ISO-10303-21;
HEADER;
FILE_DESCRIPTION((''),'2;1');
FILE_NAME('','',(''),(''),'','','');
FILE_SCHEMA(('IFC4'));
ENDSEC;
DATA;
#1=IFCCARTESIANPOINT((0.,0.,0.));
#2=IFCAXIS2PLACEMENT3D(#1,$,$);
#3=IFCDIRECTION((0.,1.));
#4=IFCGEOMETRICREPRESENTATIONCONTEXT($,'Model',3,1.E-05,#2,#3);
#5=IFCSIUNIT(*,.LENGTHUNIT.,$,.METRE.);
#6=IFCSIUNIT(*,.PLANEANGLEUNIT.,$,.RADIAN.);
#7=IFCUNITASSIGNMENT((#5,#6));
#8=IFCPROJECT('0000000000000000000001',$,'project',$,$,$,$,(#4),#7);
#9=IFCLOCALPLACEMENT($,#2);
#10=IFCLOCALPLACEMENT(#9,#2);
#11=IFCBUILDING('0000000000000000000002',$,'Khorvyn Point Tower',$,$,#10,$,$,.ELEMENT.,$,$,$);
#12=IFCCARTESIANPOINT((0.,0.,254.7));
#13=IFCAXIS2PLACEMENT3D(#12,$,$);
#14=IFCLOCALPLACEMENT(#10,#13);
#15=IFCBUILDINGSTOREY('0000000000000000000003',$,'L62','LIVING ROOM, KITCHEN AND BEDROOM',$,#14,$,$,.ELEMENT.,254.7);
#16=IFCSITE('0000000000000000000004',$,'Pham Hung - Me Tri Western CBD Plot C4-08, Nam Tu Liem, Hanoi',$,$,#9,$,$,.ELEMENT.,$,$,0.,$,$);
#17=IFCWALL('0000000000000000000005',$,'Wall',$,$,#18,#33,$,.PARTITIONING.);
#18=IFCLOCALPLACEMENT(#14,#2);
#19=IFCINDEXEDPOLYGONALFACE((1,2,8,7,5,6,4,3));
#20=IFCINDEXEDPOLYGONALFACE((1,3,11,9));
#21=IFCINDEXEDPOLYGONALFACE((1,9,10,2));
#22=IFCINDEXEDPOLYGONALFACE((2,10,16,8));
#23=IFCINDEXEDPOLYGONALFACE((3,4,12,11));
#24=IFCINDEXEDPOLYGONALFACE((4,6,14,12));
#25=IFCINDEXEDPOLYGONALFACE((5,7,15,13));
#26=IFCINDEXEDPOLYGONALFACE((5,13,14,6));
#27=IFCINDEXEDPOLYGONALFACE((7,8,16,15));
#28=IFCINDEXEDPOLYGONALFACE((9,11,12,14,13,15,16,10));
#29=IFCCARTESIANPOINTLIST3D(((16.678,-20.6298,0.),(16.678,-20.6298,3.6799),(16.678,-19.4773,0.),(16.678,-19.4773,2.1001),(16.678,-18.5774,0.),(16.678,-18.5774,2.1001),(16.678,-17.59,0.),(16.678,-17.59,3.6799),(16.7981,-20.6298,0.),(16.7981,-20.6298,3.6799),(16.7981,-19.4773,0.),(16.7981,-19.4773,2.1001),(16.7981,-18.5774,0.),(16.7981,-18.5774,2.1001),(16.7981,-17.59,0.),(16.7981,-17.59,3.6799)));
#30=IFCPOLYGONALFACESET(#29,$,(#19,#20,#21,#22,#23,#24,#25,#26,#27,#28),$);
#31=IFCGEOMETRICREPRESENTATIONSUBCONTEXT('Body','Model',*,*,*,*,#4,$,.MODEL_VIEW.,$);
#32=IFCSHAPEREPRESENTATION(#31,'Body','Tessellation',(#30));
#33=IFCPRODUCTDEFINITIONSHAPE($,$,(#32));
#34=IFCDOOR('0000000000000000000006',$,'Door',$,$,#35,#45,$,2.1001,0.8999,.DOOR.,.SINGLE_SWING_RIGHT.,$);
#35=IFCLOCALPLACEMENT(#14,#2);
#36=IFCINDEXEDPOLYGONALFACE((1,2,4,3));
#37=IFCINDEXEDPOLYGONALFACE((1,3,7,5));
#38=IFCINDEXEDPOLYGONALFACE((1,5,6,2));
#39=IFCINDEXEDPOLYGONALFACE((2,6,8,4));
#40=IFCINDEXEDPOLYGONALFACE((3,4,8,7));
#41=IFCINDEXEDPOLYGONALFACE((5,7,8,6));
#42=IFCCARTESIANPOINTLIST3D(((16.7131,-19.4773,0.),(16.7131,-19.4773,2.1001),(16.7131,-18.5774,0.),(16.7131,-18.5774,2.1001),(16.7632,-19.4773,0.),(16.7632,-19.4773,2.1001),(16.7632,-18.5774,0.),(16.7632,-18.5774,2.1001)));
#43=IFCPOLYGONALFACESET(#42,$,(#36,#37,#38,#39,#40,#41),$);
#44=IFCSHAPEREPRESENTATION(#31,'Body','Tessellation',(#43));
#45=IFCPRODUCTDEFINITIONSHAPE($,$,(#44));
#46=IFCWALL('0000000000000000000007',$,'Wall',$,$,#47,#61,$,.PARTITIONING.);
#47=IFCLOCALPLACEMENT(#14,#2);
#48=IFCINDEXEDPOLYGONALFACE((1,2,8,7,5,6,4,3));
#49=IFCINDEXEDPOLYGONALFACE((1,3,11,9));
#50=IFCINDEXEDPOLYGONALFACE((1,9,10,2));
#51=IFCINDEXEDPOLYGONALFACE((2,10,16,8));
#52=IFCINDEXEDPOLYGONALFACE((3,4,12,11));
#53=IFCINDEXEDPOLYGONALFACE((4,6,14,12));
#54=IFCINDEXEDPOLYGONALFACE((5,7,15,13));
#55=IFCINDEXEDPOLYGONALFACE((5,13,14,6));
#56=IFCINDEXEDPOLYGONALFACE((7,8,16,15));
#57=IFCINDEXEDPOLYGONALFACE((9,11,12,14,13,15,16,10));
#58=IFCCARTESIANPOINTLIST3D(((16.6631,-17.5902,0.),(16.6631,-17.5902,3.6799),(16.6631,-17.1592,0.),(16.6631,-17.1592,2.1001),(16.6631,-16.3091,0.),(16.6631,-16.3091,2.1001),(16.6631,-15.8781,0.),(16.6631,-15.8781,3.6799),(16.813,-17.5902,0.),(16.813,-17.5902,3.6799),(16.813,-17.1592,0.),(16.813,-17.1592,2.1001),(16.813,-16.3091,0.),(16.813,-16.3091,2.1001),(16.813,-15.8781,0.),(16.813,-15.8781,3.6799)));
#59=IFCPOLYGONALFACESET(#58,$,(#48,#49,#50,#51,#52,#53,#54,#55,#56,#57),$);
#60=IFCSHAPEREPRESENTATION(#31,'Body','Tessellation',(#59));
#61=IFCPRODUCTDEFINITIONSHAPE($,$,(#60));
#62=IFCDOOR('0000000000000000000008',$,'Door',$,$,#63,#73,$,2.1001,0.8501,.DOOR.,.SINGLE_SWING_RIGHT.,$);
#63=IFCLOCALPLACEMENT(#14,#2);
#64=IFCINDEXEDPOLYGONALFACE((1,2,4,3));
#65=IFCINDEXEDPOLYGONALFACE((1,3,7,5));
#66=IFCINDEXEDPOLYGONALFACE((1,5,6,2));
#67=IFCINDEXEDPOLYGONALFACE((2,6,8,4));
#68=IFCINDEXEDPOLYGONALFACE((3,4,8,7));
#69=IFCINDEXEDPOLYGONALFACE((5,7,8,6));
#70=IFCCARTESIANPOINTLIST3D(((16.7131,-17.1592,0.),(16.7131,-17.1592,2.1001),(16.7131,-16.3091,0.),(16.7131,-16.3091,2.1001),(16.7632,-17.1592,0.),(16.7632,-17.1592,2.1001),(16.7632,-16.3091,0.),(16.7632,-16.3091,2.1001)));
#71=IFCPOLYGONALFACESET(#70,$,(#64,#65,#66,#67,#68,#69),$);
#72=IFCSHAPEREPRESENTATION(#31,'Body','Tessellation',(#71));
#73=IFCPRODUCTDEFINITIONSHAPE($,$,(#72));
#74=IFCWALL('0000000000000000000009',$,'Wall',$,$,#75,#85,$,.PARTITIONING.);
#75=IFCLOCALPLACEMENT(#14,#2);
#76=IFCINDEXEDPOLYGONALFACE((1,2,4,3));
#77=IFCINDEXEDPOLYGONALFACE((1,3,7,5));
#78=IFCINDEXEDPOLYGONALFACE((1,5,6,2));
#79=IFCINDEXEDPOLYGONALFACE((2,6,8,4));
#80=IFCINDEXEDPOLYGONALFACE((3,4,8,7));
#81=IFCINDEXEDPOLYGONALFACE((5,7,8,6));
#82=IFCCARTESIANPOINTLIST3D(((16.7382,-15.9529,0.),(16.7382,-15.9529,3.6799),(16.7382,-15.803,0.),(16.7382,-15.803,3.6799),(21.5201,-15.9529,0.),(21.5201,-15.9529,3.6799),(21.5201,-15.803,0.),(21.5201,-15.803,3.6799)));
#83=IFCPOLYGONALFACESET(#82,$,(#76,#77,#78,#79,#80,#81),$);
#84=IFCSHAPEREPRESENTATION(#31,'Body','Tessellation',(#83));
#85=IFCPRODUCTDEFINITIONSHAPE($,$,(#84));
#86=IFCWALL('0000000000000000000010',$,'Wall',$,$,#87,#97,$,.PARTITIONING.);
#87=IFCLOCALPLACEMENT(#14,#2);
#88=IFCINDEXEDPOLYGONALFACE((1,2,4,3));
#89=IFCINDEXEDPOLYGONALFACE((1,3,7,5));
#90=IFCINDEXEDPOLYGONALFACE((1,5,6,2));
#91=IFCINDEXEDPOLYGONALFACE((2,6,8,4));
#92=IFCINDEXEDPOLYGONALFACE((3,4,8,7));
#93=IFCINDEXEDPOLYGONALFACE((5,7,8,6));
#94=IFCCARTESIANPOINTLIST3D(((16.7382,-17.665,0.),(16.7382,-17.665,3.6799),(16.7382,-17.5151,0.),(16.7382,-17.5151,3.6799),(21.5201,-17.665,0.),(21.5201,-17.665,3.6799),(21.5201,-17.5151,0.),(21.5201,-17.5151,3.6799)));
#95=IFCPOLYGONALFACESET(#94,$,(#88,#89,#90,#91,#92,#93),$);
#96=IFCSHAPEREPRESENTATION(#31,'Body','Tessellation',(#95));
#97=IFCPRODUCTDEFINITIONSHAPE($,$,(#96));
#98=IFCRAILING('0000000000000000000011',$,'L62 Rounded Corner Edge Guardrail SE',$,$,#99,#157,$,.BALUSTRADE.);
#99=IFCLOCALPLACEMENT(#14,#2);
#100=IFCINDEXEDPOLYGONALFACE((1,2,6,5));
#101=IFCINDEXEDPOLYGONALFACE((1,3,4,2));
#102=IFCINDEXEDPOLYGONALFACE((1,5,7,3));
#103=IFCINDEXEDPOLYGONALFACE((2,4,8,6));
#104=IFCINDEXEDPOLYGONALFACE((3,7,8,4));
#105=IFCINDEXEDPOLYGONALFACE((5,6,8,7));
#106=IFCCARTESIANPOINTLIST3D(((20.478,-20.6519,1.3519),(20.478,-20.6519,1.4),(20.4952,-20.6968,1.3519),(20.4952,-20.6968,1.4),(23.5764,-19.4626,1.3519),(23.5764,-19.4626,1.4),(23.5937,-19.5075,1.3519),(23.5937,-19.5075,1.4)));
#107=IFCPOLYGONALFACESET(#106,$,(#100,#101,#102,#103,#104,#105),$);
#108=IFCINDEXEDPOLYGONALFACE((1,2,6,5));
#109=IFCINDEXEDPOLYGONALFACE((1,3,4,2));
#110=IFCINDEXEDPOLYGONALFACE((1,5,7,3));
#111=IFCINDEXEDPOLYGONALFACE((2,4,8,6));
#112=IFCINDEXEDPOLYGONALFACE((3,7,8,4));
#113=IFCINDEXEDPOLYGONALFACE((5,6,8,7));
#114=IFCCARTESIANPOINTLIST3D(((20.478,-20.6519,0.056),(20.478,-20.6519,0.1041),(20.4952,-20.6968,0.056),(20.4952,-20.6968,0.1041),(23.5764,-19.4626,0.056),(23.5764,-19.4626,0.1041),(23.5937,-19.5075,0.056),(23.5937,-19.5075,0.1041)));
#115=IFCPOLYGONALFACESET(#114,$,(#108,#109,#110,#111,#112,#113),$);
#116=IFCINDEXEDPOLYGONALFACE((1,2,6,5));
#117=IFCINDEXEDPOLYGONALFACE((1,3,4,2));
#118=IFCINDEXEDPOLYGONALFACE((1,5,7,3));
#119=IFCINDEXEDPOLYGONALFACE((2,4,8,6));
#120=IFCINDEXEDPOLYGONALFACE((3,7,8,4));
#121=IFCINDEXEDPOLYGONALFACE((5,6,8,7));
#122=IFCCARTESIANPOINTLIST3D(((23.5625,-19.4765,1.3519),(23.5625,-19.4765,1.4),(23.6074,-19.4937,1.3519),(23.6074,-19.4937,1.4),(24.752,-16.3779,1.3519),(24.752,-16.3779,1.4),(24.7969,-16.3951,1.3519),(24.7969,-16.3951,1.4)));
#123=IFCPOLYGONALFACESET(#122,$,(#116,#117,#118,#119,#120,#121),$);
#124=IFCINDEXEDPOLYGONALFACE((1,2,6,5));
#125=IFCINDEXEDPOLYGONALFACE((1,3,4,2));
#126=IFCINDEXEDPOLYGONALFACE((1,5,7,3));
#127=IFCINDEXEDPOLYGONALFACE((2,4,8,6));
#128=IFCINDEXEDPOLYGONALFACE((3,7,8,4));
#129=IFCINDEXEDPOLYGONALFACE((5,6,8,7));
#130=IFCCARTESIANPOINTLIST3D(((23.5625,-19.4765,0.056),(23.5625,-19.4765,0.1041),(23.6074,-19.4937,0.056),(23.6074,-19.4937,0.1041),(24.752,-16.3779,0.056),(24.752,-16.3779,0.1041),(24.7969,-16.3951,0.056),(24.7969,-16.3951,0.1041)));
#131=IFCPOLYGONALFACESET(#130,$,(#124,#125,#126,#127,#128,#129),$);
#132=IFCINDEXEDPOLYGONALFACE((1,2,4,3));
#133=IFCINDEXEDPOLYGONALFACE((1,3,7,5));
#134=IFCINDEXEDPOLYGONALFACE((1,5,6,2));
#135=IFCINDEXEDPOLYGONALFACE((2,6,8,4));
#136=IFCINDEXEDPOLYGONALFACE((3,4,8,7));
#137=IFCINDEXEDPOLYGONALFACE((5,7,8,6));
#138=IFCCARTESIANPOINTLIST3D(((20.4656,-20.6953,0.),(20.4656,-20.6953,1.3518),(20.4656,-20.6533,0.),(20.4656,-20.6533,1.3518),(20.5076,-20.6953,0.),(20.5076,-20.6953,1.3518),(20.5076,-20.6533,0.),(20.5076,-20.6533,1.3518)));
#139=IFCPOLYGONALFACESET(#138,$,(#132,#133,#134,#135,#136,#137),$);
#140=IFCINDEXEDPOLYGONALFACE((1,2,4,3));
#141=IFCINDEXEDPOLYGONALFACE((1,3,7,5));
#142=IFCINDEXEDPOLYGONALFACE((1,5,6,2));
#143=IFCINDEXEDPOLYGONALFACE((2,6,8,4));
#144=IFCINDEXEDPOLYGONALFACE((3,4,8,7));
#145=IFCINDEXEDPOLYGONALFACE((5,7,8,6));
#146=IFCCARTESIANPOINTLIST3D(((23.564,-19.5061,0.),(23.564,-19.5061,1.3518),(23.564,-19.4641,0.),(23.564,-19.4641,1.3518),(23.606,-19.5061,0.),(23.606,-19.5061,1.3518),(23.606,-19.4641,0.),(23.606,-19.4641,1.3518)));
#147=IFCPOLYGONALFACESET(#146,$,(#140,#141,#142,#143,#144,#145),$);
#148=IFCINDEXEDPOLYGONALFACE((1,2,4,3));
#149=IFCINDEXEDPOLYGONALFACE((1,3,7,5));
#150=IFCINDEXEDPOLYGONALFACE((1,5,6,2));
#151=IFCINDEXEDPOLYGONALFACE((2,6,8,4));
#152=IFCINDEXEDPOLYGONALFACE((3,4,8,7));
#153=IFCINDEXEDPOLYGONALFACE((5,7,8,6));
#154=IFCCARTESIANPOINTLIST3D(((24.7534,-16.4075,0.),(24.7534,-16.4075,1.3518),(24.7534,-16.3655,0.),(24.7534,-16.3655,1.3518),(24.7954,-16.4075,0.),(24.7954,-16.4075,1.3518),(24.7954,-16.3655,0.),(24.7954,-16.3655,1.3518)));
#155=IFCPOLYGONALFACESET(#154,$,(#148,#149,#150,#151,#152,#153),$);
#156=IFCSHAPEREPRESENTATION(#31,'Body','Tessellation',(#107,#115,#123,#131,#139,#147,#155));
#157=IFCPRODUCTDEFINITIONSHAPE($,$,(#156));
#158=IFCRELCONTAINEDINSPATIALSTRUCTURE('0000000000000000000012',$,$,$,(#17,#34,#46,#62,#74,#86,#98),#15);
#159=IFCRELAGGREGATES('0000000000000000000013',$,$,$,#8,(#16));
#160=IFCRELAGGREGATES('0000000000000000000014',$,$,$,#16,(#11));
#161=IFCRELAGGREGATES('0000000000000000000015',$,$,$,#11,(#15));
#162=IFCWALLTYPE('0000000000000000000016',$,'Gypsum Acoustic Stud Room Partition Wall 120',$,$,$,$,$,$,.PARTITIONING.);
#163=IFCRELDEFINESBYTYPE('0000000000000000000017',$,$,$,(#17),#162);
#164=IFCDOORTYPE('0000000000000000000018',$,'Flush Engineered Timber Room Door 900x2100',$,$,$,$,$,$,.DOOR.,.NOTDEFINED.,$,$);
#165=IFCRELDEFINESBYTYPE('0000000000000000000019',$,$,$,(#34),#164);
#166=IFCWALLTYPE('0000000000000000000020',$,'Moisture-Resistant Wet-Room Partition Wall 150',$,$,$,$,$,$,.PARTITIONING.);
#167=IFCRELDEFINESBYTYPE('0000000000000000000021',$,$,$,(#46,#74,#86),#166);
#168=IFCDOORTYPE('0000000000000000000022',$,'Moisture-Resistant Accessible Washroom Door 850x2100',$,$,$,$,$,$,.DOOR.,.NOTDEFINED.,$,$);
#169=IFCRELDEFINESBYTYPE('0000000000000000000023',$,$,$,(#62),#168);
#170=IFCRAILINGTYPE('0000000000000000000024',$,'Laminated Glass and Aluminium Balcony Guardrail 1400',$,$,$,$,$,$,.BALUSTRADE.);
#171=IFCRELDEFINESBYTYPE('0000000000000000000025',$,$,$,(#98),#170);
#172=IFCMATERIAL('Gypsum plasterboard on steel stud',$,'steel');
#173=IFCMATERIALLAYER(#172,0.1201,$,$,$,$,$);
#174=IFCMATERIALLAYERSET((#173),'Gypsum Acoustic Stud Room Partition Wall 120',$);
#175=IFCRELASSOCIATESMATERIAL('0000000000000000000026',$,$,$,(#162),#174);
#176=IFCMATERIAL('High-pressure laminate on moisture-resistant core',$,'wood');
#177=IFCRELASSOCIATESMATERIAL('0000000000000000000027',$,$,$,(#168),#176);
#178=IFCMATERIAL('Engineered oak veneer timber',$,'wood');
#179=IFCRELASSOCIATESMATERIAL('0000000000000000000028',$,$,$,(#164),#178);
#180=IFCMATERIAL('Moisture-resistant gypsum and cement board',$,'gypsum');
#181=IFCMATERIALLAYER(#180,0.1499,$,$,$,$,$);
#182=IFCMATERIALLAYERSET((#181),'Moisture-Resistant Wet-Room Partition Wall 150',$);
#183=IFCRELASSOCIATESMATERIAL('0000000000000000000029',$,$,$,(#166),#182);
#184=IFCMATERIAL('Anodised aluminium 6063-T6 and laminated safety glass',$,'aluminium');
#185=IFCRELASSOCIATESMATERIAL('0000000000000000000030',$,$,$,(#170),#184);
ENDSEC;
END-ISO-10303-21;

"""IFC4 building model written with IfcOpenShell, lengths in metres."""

from ifc_helpers import new_model, si_unit, direction, frame, frame_2d, origin, origin_2d, place, context, subcontext, project, spatial, rectangle, extrude, material, layer, layer_set, type_object, element, fill, save


model = new_model("IFC4")

# Units and contexts
model_context = context("Model", 3, precision=1e-05, world=origin(), true_north=direction((0.0, 1.0)))
body_context = subcontext(model_context, "Body", "Model", "MODEL_VIEW")
ifc_project = project(units=[si_unit("LENGTHUNIT", "METRE"), si_unit("PLANEANGLEUNIT", "RADIAN")], contexts=[model_context])

# Site, building, storey
site_placement = place(None, origin())
site = spatial("IfcSite", under=ifc_project, at=site_placement, Name="Pham Hung - Me Tri Western CBD Plot C4-08, Nam Tu Liem, Hanoi", CompositionType="ELEMENT", RefElevation=0.0)
building_placement = place(site_placement, origin())
building = spatial("IfcBuilding", under=site, at=building_placement, Name="Khorvyn Point Tower", CompositionType="ELEMENT")
storey_placement = place(building_placement, frame((0.0, 0.0, 254.7)))
storey = spatial("IfcBuildingStorey", under=building, at=storey_placement, Name="L62", Description="LIVING ROOM, KITCHEN AND BEDROOM", CompositionType="ELEMENT", Elevation=254.7)

# Walls, openings, doors
ifc_material_1 = material(Name="Gypsum plasterboard on steel stud", Category="steel")
ifc_layer_1 = layer(ifc_material_1, 0.1201)
ifc_layer_set_1 = layer_set([ifc_layer_1], Name="Gypsum Acoustic Stud Room Partition Wall 120")
wall_type_1 = type_object("IfcWallType", Name="Gypsum Acoustic Stud Room Partition Wall 120", PredefinedType="PARTITIONING", material=ifc_layer_set_1)
ifc_material_2 = material(Name="High-pressure laminate on moisture-resistant core", Category="wood")
door_type_1 = type_object("IfcDoorType", Name="Moisture-Resistant Accessible Washroom Door 850x2100", OperationType="NOTDEFINED", PredefinedType="DOOR", material=ifc_material_2)
wall_1_placement = place(storey_placement, frame((16.738, -20.6299, 0.0), z_axis=(0.0, 0.0, 1.0), x_axis=(0.0, 1.0, 0.0)))
wall_1 = element("IfcWall", 1, at=wall_1_placement, inside=storey, type_object=wall_type_1, Name="Wall", PredefinedType="PARTITIONING", context=body_context, shape_type="SweptSolid", body=[
    extrude(rectangle(XDim=3.0398, YDim=0.1201, at=frame_2d((1.52, 0.0))), origin(), (0.0, 0.0, 1.0), 3.6799),
])
opening_1_placement = place(wall_1_placement, frame((1.1526, 0.0, 0.0)))
opening_1 = element("IfcOpeningElement", 2, at=opening_1_placement, cuts=wall_1, PredefinedType="OPENING", context=body_context, shape_type="SweptSolid", body=[
    extrude(rectangle(XDim=0.8999, YDim=2.1001, at=frame_2d((0.45, 1.05))), frame((0.0, 0.0701, 0.0), z_axis=(0.0, -1.0, 0.0), x_axis=(1.0, 0.0, 0.0)), (0.0, 0.0, 1.0), 0.1401),
])
ifc_material_3 = material(Name="Engineered oak veneer timber", Category="wood")
door_type_2 = type_object("IfcDoorType", Name="Flush Engineered Timber Room Door 900x2100", OperationType="NOTDEFINED", PredefinedType="DOOR", material=ifc_material_3)
door_1_placement = place(opening_1_placement, origin())
door_1 = element("IfcDoor", 3, at=door_1_placement, inside=storey, type_object=door_type_2, Name="Door", OperationType="SINGLE_SWING_RIGHT", OverallHeight=2.1001, OverallWidth=0.8999, PredefinedType="DOOR", context=body_context, shape_type="SweptSolid", body=[
    extrude(rectangle(XDim=0.8999, YDim=2.1001, at=frame_2d((0.45, 1.05))), frame((0.0, 0.0249, 0.0), z_axis=(0.0, -1.0, 0.0), x_axis=(1.0, 0.0, 0.0)), (0.0, 0.0, 1.0), 0.05),
])
fill(opening_1, door_1)
ifc_material_4 = material(Name="Moisture-resistant gypsum and cement board", Category="gypsum")
ifc_layer_2 = layer(ifc_material_4, 0.1499)
ifc_layer_set_2 = layer_set([ifc_layer_2], Name="Moisture-Resistant Wet-Room Partition Wall 150")
wall_type_2 = type_object("IfcWallType", Name="Moisture-Resistant Wet-Room Partition Wall 150", PredefinedType="PARTITIONING", material=ifc_layer_set_2)
wall_2_placement = place(storey_placement, frame((16.738, -17.5901, 0.0), z_axis=(0.0, 0.0, 1.0), x_axis=(0.0, 1.0, 0.0)))
wall_2 = element("IfcWall", 4, at=wall_2_placement, inside=storey, type_object=wall_type_2, Name="Wall", PredefinedType="PARTITIONING", context=body_context, shape_type="SweptSolid", body=[
    extrude(rectangle(XDim=1.7122, YDim=0.1499, at=frame_2d((0.856, 0.0))), origin(), (0.0, 0.0, 1.0), 3.6799),
])
opening_2_placement = place(wall_2_placement, frame((0.4309, 0.0, 0.0)))
opening_2 = element("IfcOpeningElement", 5, at=opening_2_placement, cuts=wall_2, PredefinedType="OPENING", context=body_context, shape_type="SweptSolid", body=[
    extrude(rectangle(XDim=0.8501, YDim=2.1001, at=frame_2d((0.425, 1.05))), frame((0.0, 0.085, 0.0), z_axis=(0.0, -1.0, 0.0), x_axis=(1.0, 0.0, 0.0)), (0.0, 0.0, 1.0), 0.1699),
])
door_2_placement = place(opening_2_placement, origin())
door_2 = element("IfcDoor", 6, at=door_2_placement, inside=storey, type_object=door_type_1, Name="Door", OperationType="SINGLE_SWING_RIGHT", OverallHeight=2.1001, OverallWidth=0.8501, PredefinedType="DOOR", context=body_context, shape_type="SweptSolid", body=[
    extrude(rectangle(XDim=0.8501, YDim=2.1001, at=frame_2d((0.425, 1.05))), frame((0.0, 0.0249, 0.0), z_axis=(0.0, -1.0, 0.0), x_axis=(1.0, 0.0, 0.0)), (0.0, 0.0, 1.0), 0.05),
])
fill(opening_2, door_2)

# Walls
for number, where, z_axis, x_axis, name in (
    (7, (16.738, -15.8779, 0.0), (0.0, 0.0, 1.0), (1.0, 0.0, 0.0), "Wall"),
    (8, (16.738, -17.5901, 0.0), (0.0, 0.0, 1.0), (1.0, 0.0, 0.0), "Wall"),
):
    element("IfcWall", number, at=place(storey_placement, frame(where, z_axis=z_axis, x_axis=x_axis)), inside=storey, type_object=wall_type_2, Name=name, PredefinedType="PARTITIONING", context=body_context, shape_type="SweptSolid", body=[
        extrude(rectangle(XDim=4.782, YDim=0.1499, at=frame_2d((2.3911, 0.0))), origin(), (0.0, 0.0, 1.0), 3.6799),
    ])

# Railing
ifc_material_5 = material(Name="Anodised aluminium 6063-T6 and laminated safety glass", Category="aluminium")
railing_type = type_object("IfcRailingType", Name="Laminated Glass and Aluminium Balcony Guardrail 1400", PredefinedType="BALUSTRADE", material=ifc_material_5)
railing_placement = place(storey_placement, frame((20.4866, -20.6743, 0.0)))
element("IfcRailing", 9, at=railing_placement, inside=storey, type_object=railing_type, Name="L62 Rounded Corner Edge Guardrail SE", PredefinedType="BALUSTRADE", context=body_context, shape_type="SweptSolid", body=[
    extrude(rectangle(XDim=0.0481, YDim=0.0481, at=origin_2d()), frame((0.0, 0.0, 1.376), z_axis=(0.933596, 0.358328, 0.0), x_axis=(-0.358328, 0.933596, 0.0)), (0.0, 0.0, 1.0), 3.3188),
    extrude(rectangle(XDim=0.0481, YDim=0.0481, at=origin_2d()), frame((0.0, 0.0, 0.0801), z_axis=(0.933596, 0.358328, 0.0), x_axis=(-0.358328, 0.933596, 0.0)), (0.0, 0.0, 1.0), 3.3188),
    extrude(rectangle(XDim=0.0481, YDim=0.0481, at=origin_2d()), frame((3.0984, 1.1892, 1.376), z_axis=(0.358368, 0.93358, 0.0), x_axis=(-0.93358, 0.358368, 0.0)), (0.0, 0.0, 1.0), 3.3191),
    extrude(rectangle(XDim=0.0481, YDim=0.0481, at=origin_2d()), frame((3.0984, 1.1892, 0.0801), z_axis=(0.358368, 0.93358, 0.0), x_axis=(-0.93358, 0.358368, 0.0)), (0.0, 0.0, 1.0), 3.3191),
    extrude(rectangle(XDim=0.042, YDim=0.042, at=origin_2d()), origin(), (0.0, 0.0, 1.0), 1.3518),
    extrude(rectangle(XDim=0.042, YDim=0.042, at=origin_2d()), frame((3.0984, 1.1892, 0.0)), (0.0, 0.0, 1.0), 1.3518),
    extrude(rectangle(XDim=0.042, YDim=0.042, at=origin_2d()), frame((4.2878, 4.2878, 0.0)), (0.0, 0.0, 1.0), 1.3518),
])

save(model, "model.ifc")
